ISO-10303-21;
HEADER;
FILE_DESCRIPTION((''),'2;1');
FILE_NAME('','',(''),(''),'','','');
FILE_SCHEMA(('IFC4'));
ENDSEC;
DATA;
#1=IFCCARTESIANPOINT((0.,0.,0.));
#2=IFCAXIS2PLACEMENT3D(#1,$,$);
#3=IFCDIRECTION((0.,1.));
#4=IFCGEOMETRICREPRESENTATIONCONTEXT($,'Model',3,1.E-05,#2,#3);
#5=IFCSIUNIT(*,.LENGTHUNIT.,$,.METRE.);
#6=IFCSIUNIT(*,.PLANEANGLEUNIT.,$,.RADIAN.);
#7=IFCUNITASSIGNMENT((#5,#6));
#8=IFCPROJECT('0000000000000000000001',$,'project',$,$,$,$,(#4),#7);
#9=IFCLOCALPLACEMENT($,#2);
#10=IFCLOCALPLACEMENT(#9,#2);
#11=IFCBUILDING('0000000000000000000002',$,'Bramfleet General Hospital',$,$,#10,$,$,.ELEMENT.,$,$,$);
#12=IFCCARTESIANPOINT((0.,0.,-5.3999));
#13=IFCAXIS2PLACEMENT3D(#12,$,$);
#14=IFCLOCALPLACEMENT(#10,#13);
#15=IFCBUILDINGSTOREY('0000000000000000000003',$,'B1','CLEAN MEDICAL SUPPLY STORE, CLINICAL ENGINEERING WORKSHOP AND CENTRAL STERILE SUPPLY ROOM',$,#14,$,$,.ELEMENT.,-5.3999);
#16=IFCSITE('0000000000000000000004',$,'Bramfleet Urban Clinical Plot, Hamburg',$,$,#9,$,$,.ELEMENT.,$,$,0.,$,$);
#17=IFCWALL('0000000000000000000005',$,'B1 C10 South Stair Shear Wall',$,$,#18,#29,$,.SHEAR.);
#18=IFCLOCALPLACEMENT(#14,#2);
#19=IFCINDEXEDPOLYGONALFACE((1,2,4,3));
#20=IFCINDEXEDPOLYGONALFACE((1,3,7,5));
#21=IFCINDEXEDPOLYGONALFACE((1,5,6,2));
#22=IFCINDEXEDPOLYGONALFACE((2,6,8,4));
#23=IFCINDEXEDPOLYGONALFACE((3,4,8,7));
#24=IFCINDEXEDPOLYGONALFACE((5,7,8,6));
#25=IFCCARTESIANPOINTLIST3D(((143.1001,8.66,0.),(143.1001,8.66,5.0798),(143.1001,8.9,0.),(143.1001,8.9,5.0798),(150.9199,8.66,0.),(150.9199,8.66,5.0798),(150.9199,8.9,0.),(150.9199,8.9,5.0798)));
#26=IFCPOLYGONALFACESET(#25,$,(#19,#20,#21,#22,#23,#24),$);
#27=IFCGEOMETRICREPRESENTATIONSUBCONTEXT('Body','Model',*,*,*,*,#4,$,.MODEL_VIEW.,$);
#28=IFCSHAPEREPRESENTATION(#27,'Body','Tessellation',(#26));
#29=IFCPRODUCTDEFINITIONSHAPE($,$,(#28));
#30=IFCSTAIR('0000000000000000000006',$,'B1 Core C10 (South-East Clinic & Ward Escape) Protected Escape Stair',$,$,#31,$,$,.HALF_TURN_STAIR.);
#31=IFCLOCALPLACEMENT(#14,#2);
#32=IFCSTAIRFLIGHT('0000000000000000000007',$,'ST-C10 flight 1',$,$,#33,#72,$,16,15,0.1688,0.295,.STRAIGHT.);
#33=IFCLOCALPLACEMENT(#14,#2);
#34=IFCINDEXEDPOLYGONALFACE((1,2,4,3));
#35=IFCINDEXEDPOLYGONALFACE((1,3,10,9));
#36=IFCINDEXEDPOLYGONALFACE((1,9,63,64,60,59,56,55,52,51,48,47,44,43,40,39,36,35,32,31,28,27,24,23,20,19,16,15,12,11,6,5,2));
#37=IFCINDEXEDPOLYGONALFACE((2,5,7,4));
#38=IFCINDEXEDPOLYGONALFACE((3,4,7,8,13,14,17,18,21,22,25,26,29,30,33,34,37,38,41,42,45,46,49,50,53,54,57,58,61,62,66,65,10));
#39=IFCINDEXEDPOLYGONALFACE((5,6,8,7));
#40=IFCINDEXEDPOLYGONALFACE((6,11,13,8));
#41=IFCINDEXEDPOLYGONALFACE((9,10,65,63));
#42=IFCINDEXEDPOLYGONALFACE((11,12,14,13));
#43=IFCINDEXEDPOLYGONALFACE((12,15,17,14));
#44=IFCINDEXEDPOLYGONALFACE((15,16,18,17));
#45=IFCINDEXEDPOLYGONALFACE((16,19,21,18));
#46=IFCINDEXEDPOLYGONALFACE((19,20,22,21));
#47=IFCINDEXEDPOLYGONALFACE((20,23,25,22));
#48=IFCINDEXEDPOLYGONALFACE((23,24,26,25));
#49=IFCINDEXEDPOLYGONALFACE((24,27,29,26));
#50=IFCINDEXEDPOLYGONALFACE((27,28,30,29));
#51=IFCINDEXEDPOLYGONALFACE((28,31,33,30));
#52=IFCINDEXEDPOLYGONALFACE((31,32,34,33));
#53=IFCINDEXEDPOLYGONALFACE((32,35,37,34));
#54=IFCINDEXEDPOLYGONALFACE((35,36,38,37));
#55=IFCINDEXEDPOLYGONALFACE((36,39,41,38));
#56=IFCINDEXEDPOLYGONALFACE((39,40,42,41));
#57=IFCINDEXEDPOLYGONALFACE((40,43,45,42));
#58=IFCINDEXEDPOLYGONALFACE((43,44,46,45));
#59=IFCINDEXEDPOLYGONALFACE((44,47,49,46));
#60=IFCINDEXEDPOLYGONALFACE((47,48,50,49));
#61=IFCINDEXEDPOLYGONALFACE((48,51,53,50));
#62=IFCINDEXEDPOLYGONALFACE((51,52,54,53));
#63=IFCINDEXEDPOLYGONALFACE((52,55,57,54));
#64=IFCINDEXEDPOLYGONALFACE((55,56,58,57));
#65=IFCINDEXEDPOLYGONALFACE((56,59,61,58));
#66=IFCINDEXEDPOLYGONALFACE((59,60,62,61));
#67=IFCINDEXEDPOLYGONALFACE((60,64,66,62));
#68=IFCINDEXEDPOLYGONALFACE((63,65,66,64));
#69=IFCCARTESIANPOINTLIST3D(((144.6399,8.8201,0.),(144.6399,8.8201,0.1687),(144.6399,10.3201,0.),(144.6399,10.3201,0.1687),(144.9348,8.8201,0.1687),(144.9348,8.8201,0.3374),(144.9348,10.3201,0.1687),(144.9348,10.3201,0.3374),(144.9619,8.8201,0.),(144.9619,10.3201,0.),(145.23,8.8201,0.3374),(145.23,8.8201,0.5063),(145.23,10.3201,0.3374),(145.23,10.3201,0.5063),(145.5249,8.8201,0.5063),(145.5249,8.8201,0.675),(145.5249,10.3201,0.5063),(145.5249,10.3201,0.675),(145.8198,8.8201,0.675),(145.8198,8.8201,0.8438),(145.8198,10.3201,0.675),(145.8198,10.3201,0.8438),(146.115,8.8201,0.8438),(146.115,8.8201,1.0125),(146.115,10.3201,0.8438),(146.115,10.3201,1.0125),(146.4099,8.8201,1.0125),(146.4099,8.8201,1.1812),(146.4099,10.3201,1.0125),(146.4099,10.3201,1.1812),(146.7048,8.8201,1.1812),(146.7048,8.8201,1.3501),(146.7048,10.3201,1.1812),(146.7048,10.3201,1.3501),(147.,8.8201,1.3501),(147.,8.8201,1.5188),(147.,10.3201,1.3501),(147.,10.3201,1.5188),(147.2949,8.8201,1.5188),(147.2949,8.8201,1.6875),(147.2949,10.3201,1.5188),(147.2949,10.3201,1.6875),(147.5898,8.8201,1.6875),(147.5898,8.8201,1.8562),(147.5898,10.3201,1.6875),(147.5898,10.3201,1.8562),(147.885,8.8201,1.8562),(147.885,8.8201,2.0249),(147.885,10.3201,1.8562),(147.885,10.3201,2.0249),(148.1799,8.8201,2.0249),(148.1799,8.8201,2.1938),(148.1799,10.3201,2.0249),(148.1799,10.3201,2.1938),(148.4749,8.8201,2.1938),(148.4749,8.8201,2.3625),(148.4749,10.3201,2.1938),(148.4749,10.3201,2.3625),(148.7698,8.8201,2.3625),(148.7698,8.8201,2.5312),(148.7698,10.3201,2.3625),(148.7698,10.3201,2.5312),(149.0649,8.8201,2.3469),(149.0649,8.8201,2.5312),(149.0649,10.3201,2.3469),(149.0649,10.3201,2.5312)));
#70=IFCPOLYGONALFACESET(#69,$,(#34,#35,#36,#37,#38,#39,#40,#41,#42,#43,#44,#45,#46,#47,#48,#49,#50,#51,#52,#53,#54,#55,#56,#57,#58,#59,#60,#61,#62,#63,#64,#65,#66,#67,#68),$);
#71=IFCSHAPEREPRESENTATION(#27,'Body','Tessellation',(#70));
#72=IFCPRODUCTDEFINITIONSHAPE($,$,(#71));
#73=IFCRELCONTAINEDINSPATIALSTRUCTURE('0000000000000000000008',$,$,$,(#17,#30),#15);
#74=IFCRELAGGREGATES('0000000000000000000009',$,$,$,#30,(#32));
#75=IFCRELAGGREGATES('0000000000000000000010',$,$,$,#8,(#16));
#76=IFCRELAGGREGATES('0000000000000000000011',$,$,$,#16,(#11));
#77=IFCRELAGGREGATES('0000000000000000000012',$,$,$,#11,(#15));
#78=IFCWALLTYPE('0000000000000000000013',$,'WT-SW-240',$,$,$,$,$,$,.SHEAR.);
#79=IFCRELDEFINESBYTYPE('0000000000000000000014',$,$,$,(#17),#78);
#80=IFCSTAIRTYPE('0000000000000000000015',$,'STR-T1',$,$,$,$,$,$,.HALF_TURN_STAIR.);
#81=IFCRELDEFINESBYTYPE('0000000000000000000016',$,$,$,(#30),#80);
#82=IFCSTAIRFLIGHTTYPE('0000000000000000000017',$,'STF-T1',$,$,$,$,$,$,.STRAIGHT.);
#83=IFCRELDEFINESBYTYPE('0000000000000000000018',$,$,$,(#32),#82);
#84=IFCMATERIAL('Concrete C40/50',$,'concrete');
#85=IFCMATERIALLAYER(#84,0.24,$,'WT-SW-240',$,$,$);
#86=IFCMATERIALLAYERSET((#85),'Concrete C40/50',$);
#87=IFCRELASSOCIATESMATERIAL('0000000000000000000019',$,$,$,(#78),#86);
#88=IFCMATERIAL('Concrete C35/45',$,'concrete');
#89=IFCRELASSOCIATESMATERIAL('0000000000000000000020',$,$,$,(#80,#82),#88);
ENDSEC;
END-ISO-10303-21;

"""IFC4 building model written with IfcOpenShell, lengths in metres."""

from ifc_helpers import new_model, si_unit, direction, frame, frame_2d, origin, place, context, subcontext, project, spatial, polyline, rectangle, outline, extrude, material, layer, layer_set, type_object, element, aggregate, save


model = new_model("IFC4")

# Units and contexts
model_context = context("Model", 3, precision=1e-05, world=origin(), true_north=direction((0.0, 1.0)))
body_context = subcontext(model_context, "Body", "Model", "MODEL_VIEW")
ifc_project = project(units=[si_unit("LENGTHUNIT", "METRE"), si_unit("PLANEANGLEUNIT", "RADIAN")], contexts=[model_context])

# Site, building, storey
site_placement = place(None, origin())
site = spatial("IfcSite", under=ifc_project, at=site_placement, Name="Bramfleet Urban Clinical Plot, Hamburg", CompositionType="ELEMENT", RefElevation=0.0)
building_placement = place(site_placement, origin())
building = spatial("IfcBuilding", under=site, at=building_placement, Name="Bramfleet General Hospital", CompositionType="ELEMENT")
storey_placement = place(building_placement, frame((0.0, 0.0, -5.3999)))
storey = spatial("IfcBuildingStorey", under=building, at=storey_placement, Name="B1", Description="CLEAN MEDICAL SUPPLY STORE, CLINICAL ENGINEERING WORKSHOP AND CENTRAL STERILE SUPPLY ROOM", CompositionType="ELEMENT", Elevation=-5.3999)

# Shared definitions
ifc_material_1 = material(Name="Concrete C35/45", Category="concrete")

# Shared definitions
ifc_material_2 = material(Name="Concrete C40/50", Category="concrete")

# Wall
ifc_layer_1 = layer(ifc_material_2, 0.24, Name="WT-SW-240")
ifc_layer_set_1 = layer_set([ifc_layer_1], Name="Concrete C40/50")
wall_type_1 = type_object("IfcWallType", Name="WT-SW-240", PredefinedType="SHEAR", material=ifc_layer_set_1)
wall_1_placement = place(storey_placement, frame((143.1001, 8.78, 0.0), z_axis=(0.0, 0.0, 1.0), x_axis=(1.0, 0.0, 0.0)))
element("IfcWall", 1, at=wall_1_placement, inside=storey, type_object=wall_type_1, Name="B1 C10 South Stair Shear Wall", PredefinedType="SHEAR", context=body_context, shape_type="SweptSolid", body=[
    extrude(rectangle(XDim=7.8198, YDim=0.24, at=frame_2d((3.9099, 0.0))), origin(), (0.0, 0.0, 1.0), 5.0798),
])

# Stair, stair flight
stair_type = type_object("IfcStairType", Name="STR-T1", PredefinedType="HALF_TURN_STAIR", material=ifc_material_1)
stair_placement = place(storey_placement, origin())
stair = element("IfcStair", 2, at=stair_placement, inside=storey, type_object=stair_type, Name="B1 Core C10 (South-East Clinic & Ward Escape) Protected Escape Stair", PredefinedType="HALF_TURN_STAIR")
stair_flight_type = type_object("IfcStairFlightType", Name="STF-T1", PredefinedType="STRAIGHT", material=ifc_material_1)
stair_flight_placement = place(storey_placement, frame((144.6399, 9.5701, 0.0), z_axis=(0.0, 0.0, 1.0), x_axis=(1.0, 0.0, 0.0)))
stair_flight = element("IfcStairFlight", 3, at=stair_flight_placement, type_object=stair_flight_type, Name="ST-C10 flight 1", NumberOfRisers=16, NumberOfTreads=15, PredefinedType="STRAIGHT", RiserHeight=0.1688, TreadLength=0.295, context=body_context, shape_type="SweptSolid", body=[
    extrude(outline(polyline([(0.0, 0.0), (0.0, 0.1687), (0.2949, 0.1687), (0.2949, 0.3374), (0.5901, 0.3374), (0.5901, 0.5063), (0.885, 0.5063), (0.885, 0.675), (1.1799, 0.675), (1.1799, 0.8438), (1.4751, 0.8438), (1.4751, 1.0125), (1.77, 1.0125), (1.77, 1.1812), (2.0649, 1.1812), (2.0649, 1.3501), (2.3601, 1.3501), (2.3601, 1.5188), (2.655, 1.5188), (2.655, 1.6875), (2.95, 1.6875), (2.95, 1.8562), (3.2451, 1.8562), (3.2451, 2.0249), (3.54, 2.0249), (3.54, 2.1938), (3.835, 2.1938), (3.835, 2.3625), (4.1299, 2.3625), (4.1299, 2.5312), (4.425, 2.5312), (4.425, 2.7), (4.425, 2.3469), (0.322, 0.0), (0.0, 0.0)])), frame((0.0, 0.75, 0.0), z_axis=(0.0, -1.0, 0.0), x_axis=(1.0, 0.0, 0.0)), (0.0, 0.0, 1.0), 1.5),
])
aggregate(stair, [stair_flight])

save(model, "model.ifc")
